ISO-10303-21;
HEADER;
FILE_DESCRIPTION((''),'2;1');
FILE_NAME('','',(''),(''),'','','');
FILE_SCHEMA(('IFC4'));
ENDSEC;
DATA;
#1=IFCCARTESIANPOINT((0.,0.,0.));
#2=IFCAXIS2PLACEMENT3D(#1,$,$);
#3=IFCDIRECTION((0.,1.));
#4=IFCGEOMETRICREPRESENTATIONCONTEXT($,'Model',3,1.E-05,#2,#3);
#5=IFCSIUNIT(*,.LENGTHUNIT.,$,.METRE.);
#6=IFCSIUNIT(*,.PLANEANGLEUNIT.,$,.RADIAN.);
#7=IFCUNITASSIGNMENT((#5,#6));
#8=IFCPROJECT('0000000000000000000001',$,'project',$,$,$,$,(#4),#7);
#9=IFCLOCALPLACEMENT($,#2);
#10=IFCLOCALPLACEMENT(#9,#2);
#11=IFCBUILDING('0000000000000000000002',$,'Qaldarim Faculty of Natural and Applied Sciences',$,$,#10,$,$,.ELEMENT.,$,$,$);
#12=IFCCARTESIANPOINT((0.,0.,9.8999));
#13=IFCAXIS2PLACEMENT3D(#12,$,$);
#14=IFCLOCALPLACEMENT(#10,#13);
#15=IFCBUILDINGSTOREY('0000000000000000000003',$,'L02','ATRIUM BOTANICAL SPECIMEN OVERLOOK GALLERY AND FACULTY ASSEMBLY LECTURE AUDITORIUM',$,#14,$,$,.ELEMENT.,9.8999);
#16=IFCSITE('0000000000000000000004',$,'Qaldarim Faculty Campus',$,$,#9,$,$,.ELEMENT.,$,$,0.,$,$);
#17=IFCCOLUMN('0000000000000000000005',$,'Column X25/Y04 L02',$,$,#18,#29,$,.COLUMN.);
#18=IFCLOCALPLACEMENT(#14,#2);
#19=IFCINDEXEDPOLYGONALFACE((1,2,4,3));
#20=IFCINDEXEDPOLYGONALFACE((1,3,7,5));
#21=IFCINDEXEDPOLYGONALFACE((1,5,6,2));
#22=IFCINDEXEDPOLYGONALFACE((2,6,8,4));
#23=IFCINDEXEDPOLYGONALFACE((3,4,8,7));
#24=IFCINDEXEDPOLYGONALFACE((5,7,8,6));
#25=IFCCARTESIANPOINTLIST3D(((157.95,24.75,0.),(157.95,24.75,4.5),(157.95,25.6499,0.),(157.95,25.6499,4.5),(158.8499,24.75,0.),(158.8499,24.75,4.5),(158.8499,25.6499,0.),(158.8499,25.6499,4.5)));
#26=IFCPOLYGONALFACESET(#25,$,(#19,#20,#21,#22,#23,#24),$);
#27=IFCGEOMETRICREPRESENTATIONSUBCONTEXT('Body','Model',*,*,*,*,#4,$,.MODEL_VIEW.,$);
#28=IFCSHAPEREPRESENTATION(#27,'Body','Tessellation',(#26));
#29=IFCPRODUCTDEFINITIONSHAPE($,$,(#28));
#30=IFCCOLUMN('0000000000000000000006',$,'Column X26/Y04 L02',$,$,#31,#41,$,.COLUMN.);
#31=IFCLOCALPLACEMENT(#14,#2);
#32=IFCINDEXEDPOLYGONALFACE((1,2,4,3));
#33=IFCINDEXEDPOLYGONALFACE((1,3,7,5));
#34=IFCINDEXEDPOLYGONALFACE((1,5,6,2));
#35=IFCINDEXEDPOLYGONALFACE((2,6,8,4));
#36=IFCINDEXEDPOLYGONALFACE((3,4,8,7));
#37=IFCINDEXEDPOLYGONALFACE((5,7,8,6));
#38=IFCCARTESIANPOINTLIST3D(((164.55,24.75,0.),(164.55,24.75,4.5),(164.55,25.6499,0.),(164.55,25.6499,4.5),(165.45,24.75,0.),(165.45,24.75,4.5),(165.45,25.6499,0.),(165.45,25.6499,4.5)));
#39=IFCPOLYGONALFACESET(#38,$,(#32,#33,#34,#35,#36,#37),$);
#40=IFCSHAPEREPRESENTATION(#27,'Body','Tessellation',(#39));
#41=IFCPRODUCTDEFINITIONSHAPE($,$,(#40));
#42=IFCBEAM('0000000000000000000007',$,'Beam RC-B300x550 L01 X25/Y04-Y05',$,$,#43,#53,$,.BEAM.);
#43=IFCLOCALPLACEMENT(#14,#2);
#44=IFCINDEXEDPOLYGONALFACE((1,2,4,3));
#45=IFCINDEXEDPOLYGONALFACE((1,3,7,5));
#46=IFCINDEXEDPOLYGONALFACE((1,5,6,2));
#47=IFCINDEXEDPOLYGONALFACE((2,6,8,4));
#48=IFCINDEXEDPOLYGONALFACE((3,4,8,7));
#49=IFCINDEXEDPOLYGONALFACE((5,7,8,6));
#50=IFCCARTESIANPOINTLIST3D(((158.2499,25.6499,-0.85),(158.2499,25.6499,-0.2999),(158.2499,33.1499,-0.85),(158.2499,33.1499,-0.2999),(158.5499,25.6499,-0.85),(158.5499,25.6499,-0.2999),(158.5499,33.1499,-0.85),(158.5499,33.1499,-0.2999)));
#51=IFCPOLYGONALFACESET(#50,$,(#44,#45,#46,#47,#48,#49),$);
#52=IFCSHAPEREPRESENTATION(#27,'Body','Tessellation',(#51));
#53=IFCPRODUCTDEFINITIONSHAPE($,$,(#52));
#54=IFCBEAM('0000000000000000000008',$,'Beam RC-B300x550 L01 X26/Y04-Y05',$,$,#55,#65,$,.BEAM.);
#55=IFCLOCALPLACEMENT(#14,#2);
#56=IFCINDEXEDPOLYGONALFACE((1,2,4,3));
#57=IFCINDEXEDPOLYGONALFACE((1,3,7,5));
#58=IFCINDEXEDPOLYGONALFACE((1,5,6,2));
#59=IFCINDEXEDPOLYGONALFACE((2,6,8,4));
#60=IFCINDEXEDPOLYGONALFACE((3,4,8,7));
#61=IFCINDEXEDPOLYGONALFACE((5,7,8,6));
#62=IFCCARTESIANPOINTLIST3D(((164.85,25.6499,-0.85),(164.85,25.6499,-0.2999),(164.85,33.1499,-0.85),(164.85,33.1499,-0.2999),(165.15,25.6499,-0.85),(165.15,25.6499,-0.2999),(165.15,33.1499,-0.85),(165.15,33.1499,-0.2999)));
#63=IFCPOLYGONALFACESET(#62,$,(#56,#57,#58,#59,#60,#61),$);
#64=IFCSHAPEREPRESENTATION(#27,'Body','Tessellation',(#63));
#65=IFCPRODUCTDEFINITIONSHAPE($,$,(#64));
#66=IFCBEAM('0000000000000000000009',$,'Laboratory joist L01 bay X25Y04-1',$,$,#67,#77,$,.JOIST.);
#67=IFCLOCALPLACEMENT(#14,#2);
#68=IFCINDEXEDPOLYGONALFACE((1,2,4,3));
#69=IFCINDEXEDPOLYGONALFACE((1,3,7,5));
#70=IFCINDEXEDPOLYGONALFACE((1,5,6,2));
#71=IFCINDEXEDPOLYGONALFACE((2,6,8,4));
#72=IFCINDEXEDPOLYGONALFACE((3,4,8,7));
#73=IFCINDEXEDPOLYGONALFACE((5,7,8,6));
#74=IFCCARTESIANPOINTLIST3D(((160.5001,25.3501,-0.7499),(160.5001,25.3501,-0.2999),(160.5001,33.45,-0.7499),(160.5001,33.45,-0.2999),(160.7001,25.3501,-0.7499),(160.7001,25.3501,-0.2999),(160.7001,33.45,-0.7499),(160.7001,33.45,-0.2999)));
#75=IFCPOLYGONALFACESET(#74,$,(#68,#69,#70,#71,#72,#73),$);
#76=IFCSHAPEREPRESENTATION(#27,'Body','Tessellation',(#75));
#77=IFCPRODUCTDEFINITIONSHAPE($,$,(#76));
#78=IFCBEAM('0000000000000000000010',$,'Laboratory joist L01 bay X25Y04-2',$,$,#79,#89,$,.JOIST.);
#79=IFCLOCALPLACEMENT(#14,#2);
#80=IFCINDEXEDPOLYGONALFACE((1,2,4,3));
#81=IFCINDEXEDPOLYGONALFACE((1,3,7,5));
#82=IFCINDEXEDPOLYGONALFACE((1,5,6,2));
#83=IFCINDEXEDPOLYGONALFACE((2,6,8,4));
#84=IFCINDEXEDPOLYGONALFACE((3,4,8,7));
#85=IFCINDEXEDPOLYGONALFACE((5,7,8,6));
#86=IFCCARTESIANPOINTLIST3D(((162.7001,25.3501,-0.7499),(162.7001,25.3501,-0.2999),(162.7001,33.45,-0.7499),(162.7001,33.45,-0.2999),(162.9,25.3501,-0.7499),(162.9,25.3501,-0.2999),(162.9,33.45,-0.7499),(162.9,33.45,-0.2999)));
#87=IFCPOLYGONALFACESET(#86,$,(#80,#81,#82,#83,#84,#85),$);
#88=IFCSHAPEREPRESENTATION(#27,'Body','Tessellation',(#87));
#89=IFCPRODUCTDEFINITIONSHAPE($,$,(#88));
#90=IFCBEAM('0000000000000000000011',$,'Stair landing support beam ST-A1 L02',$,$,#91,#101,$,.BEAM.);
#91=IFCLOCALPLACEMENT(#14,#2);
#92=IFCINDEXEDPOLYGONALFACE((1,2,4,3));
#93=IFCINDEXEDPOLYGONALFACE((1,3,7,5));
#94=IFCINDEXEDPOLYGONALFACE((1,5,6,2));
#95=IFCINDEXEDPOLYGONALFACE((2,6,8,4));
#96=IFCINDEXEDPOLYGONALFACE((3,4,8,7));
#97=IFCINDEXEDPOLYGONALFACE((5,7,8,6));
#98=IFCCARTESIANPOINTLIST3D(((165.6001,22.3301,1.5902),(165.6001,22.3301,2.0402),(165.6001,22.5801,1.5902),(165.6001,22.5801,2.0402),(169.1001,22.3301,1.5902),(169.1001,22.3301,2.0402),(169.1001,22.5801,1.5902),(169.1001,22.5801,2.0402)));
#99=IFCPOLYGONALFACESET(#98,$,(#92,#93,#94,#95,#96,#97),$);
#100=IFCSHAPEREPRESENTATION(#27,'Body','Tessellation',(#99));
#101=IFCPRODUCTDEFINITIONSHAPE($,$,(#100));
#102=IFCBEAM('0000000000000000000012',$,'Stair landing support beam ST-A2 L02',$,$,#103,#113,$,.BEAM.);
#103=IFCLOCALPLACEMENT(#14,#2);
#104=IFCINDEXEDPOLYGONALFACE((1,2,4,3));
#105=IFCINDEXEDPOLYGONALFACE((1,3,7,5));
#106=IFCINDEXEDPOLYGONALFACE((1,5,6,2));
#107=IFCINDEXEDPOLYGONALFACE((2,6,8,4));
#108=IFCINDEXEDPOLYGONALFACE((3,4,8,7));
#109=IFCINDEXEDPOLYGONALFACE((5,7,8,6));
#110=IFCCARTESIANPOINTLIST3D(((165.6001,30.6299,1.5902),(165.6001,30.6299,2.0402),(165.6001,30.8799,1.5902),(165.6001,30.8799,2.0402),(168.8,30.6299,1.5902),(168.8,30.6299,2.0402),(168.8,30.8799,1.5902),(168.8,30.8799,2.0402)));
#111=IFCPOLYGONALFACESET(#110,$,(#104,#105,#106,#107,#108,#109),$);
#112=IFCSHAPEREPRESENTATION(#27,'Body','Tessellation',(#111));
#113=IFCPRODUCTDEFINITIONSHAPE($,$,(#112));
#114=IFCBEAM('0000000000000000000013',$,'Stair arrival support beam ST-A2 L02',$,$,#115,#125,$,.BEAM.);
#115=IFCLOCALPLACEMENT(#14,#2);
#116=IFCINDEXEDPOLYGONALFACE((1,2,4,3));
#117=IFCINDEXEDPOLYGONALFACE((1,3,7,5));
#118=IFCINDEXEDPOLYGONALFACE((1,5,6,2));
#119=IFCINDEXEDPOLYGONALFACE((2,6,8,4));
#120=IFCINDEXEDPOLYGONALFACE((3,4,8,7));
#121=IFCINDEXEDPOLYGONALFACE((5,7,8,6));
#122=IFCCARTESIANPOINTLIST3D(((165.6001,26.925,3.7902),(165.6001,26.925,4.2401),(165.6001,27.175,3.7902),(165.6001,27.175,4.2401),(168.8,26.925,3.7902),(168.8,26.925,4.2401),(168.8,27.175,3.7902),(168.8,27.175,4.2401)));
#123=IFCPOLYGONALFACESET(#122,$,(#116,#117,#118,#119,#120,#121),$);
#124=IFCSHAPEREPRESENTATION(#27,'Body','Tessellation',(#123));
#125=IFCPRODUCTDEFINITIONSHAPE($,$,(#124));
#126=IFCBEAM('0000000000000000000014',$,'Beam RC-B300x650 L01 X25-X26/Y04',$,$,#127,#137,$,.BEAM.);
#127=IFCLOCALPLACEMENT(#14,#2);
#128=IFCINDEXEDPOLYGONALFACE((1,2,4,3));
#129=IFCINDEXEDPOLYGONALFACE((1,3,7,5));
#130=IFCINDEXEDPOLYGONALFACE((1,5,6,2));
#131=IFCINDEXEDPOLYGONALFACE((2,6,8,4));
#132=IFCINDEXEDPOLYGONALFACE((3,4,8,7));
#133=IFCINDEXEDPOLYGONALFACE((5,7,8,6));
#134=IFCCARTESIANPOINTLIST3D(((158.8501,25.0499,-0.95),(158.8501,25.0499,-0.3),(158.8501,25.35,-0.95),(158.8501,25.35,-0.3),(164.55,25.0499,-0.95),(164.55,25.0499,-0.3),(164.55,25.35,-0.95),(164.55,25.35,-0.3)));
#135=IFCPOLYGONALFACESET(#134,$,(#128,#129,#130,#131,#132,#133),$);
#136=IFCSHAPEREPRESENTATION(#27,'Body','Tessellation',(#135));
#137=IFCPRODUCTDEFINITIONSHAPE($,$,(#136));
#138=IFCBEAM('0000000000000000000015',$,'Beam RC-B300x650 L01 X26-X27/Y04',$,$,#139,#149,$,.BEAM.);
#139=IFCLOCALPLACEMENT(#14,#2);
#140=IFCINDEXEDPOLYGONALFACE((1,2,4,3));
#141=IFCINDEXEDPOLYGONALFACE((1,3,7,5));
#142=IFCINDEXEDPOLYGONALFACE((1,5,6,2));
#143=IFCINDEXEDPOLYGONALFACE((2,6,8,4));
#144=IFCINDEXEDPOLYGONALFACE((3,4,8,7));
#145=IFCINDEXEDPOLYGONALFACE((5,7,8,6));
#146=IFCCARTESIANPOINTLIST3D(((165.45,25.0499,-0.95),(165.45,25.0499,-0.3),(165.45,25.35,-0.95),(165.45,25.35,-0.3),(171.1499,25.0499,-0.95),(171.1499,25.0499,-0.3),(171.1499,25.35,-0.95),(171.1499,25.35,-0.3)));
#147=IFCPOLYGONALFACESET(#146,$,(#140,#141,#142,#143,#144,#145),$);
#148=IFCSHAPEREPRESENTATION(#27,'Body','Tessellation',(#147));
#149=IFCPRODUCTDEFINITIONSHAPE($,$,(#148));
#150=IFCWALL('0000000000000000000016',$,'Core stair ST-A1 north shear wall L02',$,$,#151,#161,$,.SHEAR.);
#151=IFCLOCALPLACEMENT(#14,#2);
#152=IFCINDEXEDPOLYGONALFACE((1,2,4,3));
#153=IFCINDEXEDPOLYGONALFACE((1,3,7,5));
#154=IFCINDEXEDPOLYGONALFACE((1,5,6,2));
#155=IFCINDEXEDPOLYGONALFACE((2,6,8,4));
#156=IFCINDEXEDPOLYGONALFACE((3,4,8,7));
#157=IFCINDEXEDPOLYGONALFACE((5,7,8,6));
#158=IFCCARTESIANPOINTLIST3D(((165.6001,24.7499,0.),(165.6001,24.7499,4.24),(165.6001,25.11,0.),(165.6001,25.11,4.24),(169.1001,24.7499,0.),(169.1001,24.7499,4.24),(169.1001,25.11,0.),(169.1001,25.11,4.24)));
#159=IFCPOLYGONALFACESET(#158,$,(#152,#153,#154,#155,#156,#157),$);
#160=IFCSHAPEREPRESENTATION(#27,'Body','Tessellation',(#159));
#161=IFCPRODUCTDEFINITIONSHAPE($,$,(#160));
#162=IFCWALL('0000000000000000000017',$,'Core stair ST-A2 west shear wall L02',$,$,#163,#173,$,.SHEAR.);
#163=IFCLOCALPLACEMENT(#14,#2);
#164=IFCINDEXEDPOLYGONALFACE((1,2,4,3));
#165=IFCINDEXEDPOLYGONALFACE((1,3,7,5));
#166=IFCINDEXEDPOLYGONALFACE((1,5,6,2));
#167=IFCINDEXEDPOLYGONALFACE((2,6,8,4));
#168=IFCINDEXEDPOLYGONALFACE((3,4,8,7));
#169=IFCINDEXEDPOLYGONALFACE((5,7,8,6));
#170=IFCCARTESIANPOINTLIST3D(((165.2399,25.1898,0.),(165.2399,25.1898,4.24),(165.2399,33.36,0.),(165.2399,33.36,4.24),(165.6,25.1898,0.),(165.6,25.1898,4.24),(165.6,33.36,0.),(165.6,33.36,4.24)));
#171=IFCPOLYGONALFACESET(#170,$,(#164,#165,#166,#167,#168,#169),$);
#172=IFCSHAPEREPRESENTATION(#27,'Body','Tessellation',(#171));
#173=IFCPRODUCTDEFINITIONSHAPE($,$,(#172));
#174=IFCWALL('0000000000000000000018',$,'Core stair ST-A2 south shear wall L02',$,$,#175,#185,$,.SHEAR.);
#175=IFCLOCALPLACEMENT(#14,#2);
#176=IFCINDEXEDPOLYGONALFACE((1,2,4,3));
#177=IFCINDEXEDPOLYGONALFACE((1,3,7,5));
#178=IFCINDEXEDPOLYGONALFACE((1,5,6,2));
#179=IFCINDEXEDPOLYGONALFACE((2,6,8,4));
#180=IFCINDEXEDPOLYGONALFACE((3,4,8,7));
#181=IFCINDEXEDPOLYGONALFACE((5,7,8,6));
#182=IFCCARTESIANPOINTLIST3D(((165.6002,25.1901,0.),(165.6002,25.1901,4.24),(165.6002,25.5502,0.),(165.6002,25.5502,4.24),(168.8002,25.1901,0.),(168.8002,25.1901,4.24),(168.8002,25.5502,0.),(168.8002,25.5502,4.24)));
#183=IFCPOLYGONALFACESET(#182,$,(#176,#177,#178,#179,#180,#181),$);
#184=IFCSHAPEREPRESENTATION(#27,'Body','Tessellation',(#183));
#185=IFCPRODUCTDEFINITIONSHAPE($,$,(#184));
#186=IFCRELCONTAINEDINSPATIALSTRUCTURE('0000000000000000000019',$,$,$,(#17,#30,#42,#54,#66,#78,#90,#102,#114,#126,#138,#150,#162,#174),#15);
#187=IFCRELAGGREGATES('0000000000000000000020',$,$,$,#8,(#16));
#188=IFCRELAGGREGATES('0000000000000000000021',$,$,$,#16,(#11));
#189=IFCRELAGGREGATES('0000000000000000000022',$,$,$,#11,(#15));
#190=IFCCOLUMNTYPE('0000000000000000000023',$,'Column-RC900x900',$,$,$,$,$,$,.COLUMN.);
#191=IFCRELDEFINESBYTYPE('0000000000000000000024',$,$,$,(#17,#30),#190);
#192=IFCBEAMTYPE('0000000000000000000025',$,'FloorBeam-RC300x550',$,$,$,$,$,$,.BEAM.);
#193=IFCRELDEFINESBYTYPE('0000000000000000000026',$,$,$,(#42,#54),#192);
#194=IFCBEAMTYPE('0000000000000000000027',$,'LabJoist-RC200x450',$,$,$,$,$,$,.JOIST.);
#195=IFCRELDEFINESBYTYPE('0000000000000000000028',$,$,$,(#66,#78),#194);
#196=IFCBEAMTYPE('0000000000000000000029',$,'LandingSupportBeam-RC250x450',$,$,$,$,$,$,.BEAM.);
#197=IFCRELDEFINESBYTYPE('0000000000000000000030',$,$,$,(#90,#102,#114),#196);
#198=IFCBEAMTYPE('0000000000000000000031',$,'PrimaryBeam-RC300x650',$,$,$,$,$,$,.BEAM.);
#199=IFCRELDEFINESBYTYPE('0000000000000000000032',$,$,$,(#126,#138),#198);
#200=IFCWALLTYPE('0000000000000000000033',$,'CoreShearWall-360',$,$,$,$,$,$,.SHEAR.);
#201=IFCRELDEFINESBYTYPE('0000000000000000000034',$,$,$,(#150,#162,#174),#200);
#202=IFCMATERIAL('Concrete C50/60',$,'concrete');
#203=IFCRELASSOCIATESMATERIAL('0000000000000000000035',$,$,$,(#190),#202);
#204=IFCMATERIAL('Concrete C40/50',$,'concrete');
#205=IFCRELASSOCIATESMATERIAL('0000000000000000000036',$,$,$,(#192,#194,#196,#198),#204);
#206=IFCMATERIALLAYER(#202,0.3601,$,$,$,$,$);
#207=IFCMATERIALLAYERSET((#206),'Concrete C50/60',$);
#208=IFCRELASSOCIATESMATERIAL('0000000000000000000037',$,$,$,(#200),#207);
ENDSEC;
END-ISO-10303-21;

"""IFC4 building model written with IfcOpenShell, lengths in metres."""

from ifc_helpers import new_model, si_unit, direction, frame, frame_2d, origin, origin_2d, place, context, subcontext, project, spatial, rectangle, extrude, material, layer, layer_set, material_profile, profile_set, type_object, element, save


model = new_model("IFC4")

# Units and contexts
model_context = context("Model", 3, precision=1e-05, world=origin(), true_north=direction((0.0, 1.0)))
body_context = subcontext(model_context, "Body", "Model", "MODEL_VIEW")
ifc_project = project(units=[si_unit("LENGTHUNIT", "METRE"), si_unit("PLANEANGLEUNIT", "RADIAN")], contexts=[model_context])

# Site, building, storey
site_placement = place(None, origin())
site = spatial("IfcSite", under=ifc_project, at=site_placement, Name="Qaldarim Faculty Campus", CompositionType="ELEMENT", RefElevation=0.0)
building_placement = place(site_placement, origin())
building = spatial("IfcBuilding", under=site, at=building_placement, Name="Qaldarim Faculty of Natural and Applied Sciences", CompositionType="ELEMENT")
storey_placement = place(building_placement, frame((0.0, 0.0, 9.8999)))
storey = spatial("IfcBuildingStorey", under=building, at=storey_placement, Name="L02", Description="ATRIUM BOTANICAL SPECIMEN OVERLOOK GALLERY AND FACULTY ASSEMBLY LECTURE AUDITORIUM", CompositionType="ELEMENT", Elevation=9.8999)

# Columns
ifc_material_1 = material(Name="Concrete C50/60", Category="concrete")
ifc_material_profile_1 = material_profile(ifc_material_1, rectangle(XDim=0.8999, YDim=0.8999, at=origin_2d()), Name="RC-C900x900")
ifc_profile_set_1 = profile_set([ifc_material_profile_1], Name="Concrete C50/60")
column_type = type_object("IfcColumnType", Name="Column-RC900x900", PredefinedType="COLUMN", material=ifc_profile_set_1)
for number, where, z_axis, x_axis, name in (
    (1, (158.3999, 25.2, 0.0), (0.0, 0.0, 1.0), (1.0, 0.0, 0.0), "Column X25/Y04 L02"),
    (2, (165.0, 25.2, 0.0), (0.0, 0.0, 1.0), (1.0, 0.0, 0.0), "Column X26/Y04 L02"),
):
    element("IfcColumn", number, at=place(storey_placement, frame(where, z_axis=z_axis, x_axis=x_axis)), inside=storey, type_object=column_type, Name=name, PredefinedType="COLUMN", context=body_context, shape_type="SweptSolid", body=[
        extrude(rectangle(XDim=0.8999, YDim=0.8999, at=origin_2d()), origin(), (0.0, 0.0, 1.0), 4.5),
    ])

# Beams
ifc_material_2 = material(Name="Concrete C40/50", Category="concrete")
ifc_material_profile_2 = material_profile(ifc_material_2, rectangle(XDim=0.3, YDim=0.55, at=origin_2d()), Name="RC-B300x550")
ifc_profile_set_2 = profile_set([ifc_material_profile_2], Name="Concrete C40/50")
beam_type_1 = type_object("IfcBeamType", Name="FloorBeam-RC300x550", PredefinedType="BEAM", material=ifc_profile_set_2)
for number, where, z_axis, x_axis, name in (
    (3, (158.3999, 25.6499, -0.575), (0.0, 1.0, 0.0), (-1.0, 0.0, 0.0), "Beam RC-B300x550 L01 X25/Y04-Y05"),
    (4, (165.0, 25.6499, -0.575), (0.0, 1.0, 0.0), (-1.0, 0.0, 0.0), "Beam RC-B300x550 L01 X26/Y04-Y05"),
):
    element("IfcBeam", number, at=place(storey_placement, frame(where, z_axis=z_axis, x_axis=x_axis)), inside=storey, type_object=beam_type_1, Name=name, PredefinedType="BEAM", context=body_context, shape_type="SweptSolid", body=[
        extrude(rectangle(XDim=0.3, YDim=0.55, at=origin_2d()), origin(), (0.0, 0.0, 1.0), 7.5),
    ])
ifc_material_profile_3 = material_profile(ifc_material_2, rectangle(XDim=0.2, YDim=0.45, at=origin_2d()), Name="RC-J200x450")
ifc_profile_set_3 = profile_set([ifc_material_profile_3], Name="Concrete C40/50")
beam_type_2 = type_object("IfcBeamType", Name="LabJoist-RC200x450", PredefinedType="JOIST", material=ifc_profile_set_3)
for number, where, z_axis, x_axis, name in (
    (5, (160.6001, 25.3501, -0.5249), (0.0, 1.0, 0.0), (-1.0, 0.0, 0.0), "Laboratory joist L01 bay X25Y04-1"),
    (6, (162.8, 25.3501, -0.5249), (0.0, 1.0, 0.0), (-1.0, 0.0, 0.0), "Laboratory joist L01 bay X25Y04-2"),
):
    element("IfcBeam", number, at=place(storey_placement, frame(where, z_axis=z_axis, x_axis=x_axis)), inside=storey, type_object=beam_type_2, Name=name, PredefinedType="JOIST", context=body_context, shape_type="SweptSolid", body=[
        extrude(rectangle(XDim=0.2, YDim=0.45, at=origin_2d()), origin(), (0.0, 0.0, 1.0), 8.0999),
    ])
ifc_material_profile_4 = material_profile(ifc_material_2, rectangle(XDim=0.25, YDim=0.45, at=origin_2d()), Name="RC-LN250x450")
ifc_profile_set_4 = profile_set([ifc_material_profile_4], Name="Concrete C40/50")
beam_type_3 = type_object("IfcBeamType", Name="LandingSupportBeam-RC250x450", PredefinedType="BEAM", material=ifc_profile_set_4)
beam_placement = place(storey_placement, frame((165.6001, 22.4551, 1.8152), z_axis=(1.0, 0.0, 0.0), x_axis=(0.0, 1.0, 0.0)))
element("IfcBeam", 7, at=beam_placement, inside=storey, type_object=beam_type_3, Name="Stair landing support beam ST-A1 L02", PredefinedType="BEAM", context=body_context, shape_type="SweptSolid", body=[
    extrude(rectangle(XDim=0.25, YDim=0.45, at=origin_2d()), origin(), (0.0, 0.0, 1.0), 3.5),
])
for number, where, z_axis, x_axis, name in (
    (8, (165.6001, 30.7549, 1.8152), (1.0, 0.0, 0.0), (0.0, 1.0, 0.0), "Stair landing support beam ST-A2 L02"),
    (9, (165.6001, 27.05, 4.0151), (1.0, 0.0, 0.0), (0.0, 1.0, 0.0), "Stair arrival support beam ST-A2 L02"),
):
    element("IfcBeam", number, at=place(storey_placement, frame(where, z_axis=z_axis, x_axis=x_axis)), inside=storey, type_object=beam_type_3, Name=name, PredefinedType="BEAM", context=body_context, shape_type="SweptSolid", body=[
        extrude(rectangle(XDim=0.25, YDim=0.45, at=origin_2d()), origin(), (0.0, 0.0, 1.0), 3.2),
    ])
ifc_material_profile_5 = material_profile(ifc_material_2, rectangle(XDim=0.3, YDim=0.6499, at=origin_2d()), Name="RC-B300x650")
ifc_profile_set_5 = profile_set([ifc_material_profile_5], Name="Concrete C40/50")
beam_type_4 = type_object("IfcBeamType", Name="PrimaryBeam-RC300x650", PredefinedType="BEAM", material=ifc_profile_set_5)
for number, where, z_axis, x_axis, name in (
    (10, (158.8501, 25.2, -0.625), (1.0, 0.0, 0.0), (0.0, 1.0, 0.0), "Beam RC-B300x650 L01 X25-X26/Y04"),
    (11, (165.45, 25.2, -0.625), (1.0, 0.0, 0.0), (0.0, 1.0, 0.0), "Beam RC-B300x650 L01 X26-X27/Y04"),
):
    element("IfcBeam", number, at=place(storey_placement, frame(where, z_axis=z_axis, x_axis=x_axis)), inside=storey, type_object=beam_type_4, Name=name, PredefinedType="BEAM", context=body_context, shape_type="SweptSolid", body=[
        extrude(rectangle(XDim=0.3, YDim=0.6499, at=origin_2d()), origin(), (0.0, 0.0, 1.0), 5.7),
    ])

# Walls
ifc_layer_1 = layer(ifc_material_1, 0.3601)
ifc_layer_set_1 = layer_set([ifc_layer_1], Name="Concrete C50/60")
wall_type_1 = type_object("IfcWallType", Name="CoreShearWall-360", PredefinedType="SHEAR", material=ifc_layer_set_1)
wall_1_placement = place(storey_placement, frame((165.6001, 24.9299, 0.0), z_axis=(0.0, 0.0, 1.0), x_axis=(1.0, 0.0, 0.0)))
element("IfcWall", 12, at=wall_1_placement, inside=storey, type_object=wall_type_1, Name="Core stair ST-A1 north shear wall L02", PredefinedType="SHEAR", context=body_context, shape_type="SweptSolid", body=[
    extrude(rectangle(XDim=3.5, YDim=0.3601, at=frame_2d((1.75, 0.0))), origin(), (0.0, 0.0, 1.0), 4.24),
])
wall_2_placement = place(storey_placement, frame((165.4199, 25.1899, 0.0), z_axis=(0.0, 0.0, 1.0), x_axis=(0.0, 1.0, 0.0)))
element("IfcWall", 13, at=wall_2_placement, inside=storey, type_object=wall_type_1, Name="Core stair ST-A2 west shear wall L02", PredefinedType="SHEAR", context=body_context, shape_type="SweptSolid", body=[
    extrude(rectangle(XDim=8.1702, YDim=0.3601, at=frame_2d((4.085, 0.0))), origin(), (0.0, 0.0, 1.0), 4.24),
])
wall_3_placement = place(storey_placement, frame((165.6001, 25.3701, 0.0), z_axis=(0.0, 0.0, 1.0), x_axis=(1.0, 0.0, 0.0)))
element("IfcWall", 14, at=wall_3_placement, inside=storey, type_object=wall_type_1, Name="Core stair ST-A2 south shear wall L02", PredefinedType="SHEAR", context=body_context, shape_type="SweptSolid", body=[
    extrude(rectangle(XDim=3.2, YDim=0.3601, at=frame_2d((1.6001, 0.0))), origin(), (0.0, 0.0, 1.0), 4.24),
])

save(model, "model.ifc")
